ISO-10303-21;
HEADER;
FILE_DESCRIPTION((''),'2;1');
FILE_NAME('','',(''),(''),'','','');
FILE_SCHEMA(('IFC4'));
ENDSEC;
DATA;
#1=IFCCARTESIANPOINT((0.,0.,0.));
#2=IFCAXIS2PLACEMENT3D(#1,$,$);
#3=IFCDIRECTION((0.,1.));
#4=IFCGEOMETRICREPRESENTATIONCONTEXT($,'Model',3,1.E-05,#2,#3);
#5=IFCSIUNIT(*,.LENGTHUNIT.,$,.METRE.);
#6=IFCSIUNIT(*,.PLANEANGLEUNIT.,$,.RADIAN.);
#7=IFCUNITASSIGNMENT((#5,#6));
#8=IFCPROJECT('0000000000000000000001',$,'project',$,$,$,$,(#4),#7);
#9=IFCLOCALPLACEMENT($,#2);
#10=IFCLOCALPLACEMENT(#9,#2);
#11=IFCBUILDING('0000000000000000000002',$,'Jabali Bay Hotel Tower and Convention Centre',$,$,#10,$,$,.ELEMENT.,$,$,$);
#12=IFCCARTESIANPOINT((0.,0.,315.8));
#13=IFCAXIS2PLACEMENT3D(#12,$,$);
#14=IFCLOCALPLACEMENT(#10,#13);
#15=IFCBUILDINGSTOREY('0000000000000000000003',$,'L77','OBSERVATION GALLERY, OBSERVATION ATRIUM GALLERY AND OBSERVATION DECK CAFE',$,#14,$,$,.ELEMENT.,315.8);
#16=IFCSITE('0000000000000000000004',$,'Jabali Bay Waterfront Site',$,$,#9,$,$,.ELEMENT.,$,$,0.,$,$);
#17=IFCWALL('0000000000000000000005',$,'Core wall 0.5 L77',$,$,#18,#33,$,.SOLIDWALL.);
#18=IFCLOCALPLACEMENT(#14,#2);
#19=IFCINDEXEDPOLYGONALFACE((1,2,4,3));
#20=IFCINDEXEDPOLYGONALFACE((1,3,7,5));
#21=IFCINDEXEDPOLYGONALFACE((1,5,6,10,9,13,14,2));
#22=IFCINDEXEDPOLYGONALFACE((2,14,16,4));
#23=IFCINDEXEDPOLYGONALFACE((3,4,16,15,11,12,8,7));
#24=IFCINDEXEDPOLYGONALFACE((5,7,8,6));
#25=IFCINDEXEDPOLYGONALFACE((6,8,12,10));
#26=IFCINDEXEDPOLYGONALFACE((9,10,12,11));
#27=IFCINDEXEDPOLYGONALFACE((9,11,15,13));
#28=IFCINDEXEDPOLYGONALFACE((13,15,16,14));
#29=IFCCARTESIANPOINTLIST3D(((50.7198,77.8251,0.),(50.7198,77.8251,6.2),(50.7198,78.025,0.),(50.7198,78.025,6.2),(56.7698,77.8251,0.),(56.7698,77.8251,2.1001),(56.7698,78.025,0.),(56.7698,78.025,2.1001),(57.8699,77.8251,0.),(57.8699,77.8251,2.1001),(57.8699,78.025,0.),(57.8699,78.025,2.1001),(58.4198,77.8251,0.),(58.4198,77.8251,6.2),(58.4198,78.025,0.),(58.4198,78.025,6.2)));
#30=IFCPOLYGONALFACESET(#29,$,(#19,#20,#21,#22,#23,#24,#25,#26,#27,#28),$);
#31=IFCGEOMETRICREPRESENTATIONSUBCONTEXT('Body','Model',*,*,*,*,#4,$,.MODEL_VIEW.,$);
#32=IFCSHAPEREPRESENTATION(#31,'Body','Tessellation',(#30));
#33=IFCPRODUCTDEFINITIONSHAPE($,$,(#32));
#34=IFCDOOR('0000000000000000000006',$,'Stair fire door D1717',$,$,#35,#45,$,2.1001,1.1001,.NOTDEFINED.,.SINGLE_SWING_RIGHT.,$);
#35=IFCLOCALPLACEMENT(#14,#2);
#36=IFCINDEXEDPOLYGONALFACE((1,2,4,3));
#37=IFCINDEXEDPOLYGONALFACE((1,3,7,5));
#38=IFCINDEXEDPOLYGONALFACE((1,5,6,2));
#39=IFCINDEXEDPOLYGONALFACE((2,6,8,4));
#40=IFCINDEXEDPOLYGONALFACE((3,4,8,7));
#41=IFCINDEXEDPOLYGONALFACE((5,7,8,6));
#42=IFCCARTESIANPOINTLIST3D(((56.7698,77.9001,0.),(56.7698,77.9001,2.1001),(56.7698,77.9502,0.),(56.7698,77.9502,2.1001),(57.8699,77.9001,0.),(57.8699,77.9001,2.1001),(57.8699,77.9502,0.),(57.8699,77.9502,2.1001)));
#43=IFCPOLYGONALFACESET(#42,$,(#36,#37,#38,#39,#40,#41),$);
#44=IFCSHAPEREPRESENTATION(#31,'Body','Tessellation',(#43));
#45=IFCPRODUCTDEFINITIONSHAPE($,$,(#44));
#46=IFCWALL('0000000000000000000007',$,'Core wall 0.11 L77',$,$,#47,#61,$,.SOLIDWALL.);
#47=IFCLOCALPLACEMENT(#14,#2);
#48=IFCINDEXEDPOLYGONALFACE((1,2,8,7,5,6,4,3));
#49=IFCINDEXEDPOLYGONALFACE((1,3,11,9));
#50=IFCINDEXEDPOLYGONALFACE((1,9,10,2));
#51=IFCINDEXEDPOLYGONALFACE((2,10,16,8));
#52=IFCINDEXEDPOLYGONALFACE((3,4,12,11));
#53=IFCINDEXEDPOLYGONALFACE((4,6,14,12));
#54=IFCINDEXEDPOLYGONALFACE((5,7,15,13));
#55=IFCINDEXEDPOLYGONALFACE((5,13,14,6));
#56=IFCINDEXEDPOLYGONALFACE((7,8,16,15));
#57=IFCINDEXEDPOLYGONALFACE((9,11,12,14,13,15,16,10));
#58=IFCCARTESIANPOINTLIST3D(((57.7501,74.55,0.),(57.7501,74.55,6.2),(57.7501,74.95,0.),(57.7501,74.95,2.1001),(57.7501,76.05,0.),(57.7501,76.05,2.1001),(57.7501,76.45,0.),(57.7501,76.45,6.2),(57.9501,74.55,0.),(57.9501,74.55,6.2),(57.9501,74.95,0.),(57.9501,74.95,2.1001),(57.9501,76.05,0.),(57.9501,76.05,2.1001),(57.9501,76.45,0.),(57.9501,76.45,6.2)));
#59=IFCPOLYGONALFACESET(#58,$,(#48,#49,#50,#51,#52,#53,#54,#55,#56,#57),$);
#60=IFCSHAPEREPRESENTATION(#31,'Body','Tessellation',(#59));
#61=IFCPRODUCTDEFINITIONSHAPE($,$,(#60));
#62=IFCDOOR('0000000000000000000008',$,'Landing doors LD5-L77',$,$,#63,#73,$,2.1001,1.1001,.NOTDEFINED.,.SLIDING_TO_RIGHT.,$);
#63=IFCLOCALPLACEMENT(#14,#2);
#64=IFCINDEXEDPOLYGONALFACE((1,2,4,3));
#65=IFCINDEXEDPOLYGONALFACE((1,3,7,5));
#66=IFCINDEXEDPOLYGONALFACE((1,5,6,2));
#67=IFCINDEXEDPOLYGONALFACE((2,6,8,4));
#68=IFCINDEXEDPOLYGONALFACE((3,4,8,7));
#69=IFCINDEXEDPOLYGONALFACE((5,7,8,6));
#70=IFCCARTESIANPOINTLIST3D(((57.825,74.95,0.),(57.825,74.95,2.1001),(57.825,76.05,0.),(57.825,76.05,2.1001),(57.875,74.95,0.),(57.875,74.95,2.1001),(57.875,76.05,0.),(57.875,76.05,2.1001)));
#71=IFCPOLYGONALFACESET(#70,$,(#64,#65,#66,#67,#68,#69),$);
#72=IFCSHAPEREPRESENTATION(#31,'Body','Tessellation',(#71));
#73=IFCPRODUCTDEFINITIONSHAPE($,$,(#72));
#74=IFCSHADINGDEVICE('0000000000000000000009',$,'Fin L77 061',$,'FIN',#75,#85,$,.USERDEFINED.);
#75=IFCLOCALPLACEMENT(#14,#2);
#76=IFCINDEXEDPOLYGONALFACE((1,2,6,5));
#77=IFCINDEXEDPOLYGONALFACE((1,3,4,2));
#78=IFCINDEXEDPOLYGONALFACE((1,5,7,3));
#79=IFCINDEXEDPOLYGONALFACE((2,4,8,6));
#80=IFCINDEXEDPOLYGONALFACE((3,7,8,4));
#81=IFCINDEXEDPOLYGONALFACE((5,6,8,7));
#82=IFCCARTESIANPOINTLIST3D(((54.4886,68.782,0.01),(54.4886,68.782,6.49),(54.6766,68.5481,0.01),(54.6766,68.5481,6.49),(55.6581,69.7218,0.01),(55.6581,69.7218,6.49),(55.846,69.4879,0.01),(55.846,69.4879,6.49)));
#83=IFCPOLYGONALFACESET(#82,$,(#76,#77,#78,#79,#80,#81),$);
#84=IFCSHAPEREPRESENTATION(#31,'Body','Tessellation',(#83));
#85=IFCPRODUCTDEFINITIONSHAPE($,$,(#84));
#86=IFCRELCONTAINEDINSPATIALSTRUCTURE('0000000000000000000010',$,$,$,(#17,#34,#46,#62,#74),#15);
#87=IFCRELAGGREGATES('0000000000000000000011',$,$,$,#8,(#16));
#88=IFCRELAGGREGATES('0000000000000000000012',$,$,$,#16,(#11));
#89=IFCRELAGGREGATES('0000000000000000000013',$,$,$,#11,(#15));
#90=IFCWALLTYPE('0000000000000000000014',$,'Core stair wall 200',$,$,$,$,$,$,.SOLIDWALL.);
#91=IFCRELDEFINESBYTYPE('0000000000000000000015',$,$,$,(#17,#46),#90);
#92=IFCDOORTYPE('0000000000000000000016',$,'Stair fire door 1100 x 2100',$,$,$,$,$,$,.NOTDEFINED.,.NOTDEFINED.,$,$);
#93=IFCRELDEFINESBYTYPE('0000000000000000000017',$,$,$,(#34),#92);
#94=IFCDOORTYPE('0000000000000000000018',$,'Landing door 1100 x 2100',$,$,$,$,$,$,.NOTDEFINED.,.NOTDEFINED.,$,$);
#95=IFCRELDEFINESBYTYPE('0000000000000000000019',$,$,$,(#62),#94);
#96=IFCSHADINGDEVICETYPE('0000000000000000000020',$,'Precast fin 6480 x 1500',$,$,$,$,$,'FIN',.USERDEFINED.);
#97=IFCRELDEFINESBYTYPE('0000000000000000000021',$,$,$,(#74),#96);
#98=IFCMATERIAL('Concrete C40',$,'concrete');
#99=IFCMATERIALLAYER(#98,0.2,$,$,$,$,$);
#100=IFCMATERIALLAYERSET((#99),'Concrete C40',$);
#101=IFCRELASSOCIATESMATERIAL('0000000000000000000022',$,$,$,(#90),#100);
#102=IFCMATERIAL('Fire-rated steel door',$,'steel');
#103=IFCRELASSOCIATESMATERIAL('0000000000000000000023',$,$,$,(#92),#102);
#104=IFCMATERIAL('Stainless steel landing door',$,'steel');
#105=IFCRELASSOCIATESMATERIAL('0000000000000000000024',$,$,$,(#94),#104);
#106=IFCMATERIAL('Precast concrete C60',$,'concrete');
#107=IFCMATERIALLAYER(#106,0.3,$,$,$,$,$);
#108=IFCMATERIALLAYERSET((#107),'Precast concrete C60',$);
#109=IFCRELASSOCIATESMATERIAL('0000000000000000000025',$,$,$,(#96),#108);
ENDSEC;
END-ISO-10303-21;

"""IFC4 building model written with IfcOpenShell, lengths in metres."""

from ifc_helpers import new_model, si_unit, direction, frame, frame_2d, origin, place, context, subcontext, project, spatial, rectangle, extrude, material, layer, layer_set, type_object, element, fill, save


model = new_model("IFC4")

# Units and contexts
model_context = context("Model", 3, precision=1e-05, world=origin(), true_north=direction((0.0, 1.0)))
body_context = subcontext(model_context, "Body", "Model", "MODEL_VIEW")
ifc_project = project(units=[si_unit("LENGTHUNIT", "METRE"), si_unit("PLANEANGLEUNIT", "RADIAN")], contexts=[model_context])

# Site, building, storey
site_placement = place(None, origin())
site = spatial("IfcSite", under=ifc_project, at=site_placement, Name="Jabali Bay Waterfront Site", CompositionType="ELEMENT", RefElevation=0.0)
building_placement = place(site_placement, origin())
building = spatial("IfcBuilding", under=site, at=building_placement, Name="Jabali Bay Hotel Tower and Convention Centre", CompositionType="ELEMENT")
storey_placement = place(building_placement, frame((0.0, 0.0, 315.8)))
storey = spatial("IfcBuildingStorey", under=building, at=storey_placement, Name="L77", Description="OBSERVATION GALLERY, OBSERVATION ATRIUM GALLERY AND OBSERVATION DECK CAFE", CompositionType="ELEMENT", Elevation=315.8)

# Walls, openings, doors
ifc_material_1 = material(Name="Concrete C40", Category="concrete")
ifc_material_2 = material(Name="Fire-rated steel door", Category="steel")
ifc_layer_1 = layer(ifc_material_1, 0.2)
ifc_layer_set_1 = layer_set([ifc_layer_1], Name="Concrete C40")
wall_type_1 = type_object("IfcWallType", Name="Core stair wall 200", PredefinedType="SOLIDWALL", material=ifc_layer_set_1)
wall_1_placement = place(storey_placement, frame((58.4199, 77.925, 0.0), z_axis=(0.0, 0.0, 1.0), x_axis=(-1.0, 0.0, 0.0)))
wall_1 = element("IfcWall", 1, at=wall_1_placement, inside=storey, type_object=wall_type_1, Name="Core wall 0.5 L77", PredefinedType="SOLIDWALL", context=body_context, shape_type="SweptSolid", body=[
    extrude(rectangle(XDim=7.7, YDim=0.2, at=frame_2d((3.8501, 0.0))), origin(), (0.0, 0.0, 1.0), 6.2),
])
opening_1_placement = place(wall_1_placement, frame((0.55, 0.0, 0.0)))
opening_1 = element("IfcOpeningElement", 2, at=opening_1_placement, cuts=wall_1, PredefinedType="OPENING", context=body_context, shape_type="SweptSolid", body=[
    extrude(rectangle(XDim=1.1001, YDim=2.1001, at=frame_2d((0.55, 1.05))), frame((0.0, 0.1104, 0.0), z_axis=(0.0, -1.0, 0.0), x_axis=(1.0, 0.0, 0.0)), (0.0, 0.0, 1.0), 0.2209),
])
door_type_1 = type_object("IfcDoorType", Name="Stair fire door 1100 x 2100", OperationType="NOTDEFINED", PredefinedType="NOTDEFINED", material=ifc_material_2)
door_1_placement = place(opening_1_placement, origin())
door_1 = element("IfcDoor", 3, at=door_1_placement, inside=storey, type_object=door_type_1, Name="Stair fire door D1717", OperationType="SINGLE_SWING_RIGHT", OverallHeight=2.1001, OverallWidth=1.1001, PredefinedType="NOTDEFINED", context=body_context, shape_type="SweptSolid", body=[
    extrude(rectangle(XDim=1.1001, YDim=2.1001, at=frame_2d((0.55, 1.05))), frame((0.0, 0.0249, 0.0), z_axis=(0.0, -1.0, 0.0), x_axis=(1.0, 0.0, 0.0)), (0.0, 0.0, 1.0), 0.05),
])
fill(opening_1, door_1)
wall_2_placement = place(storey_placement, frame((57.8501, 76.45, 0.0), z_axis=(0.0, 0.0, 1.0), x_axis=(0.0, -1.0, 0.0)))
wall_2 = element("IfcWall", 4, at=wall_2_placement, inside=storey, type_object=wall_type_1, Name="Core wall 0.11 L77", PredefinedType="SOLIDWALL", context=body_context, shape_type="SweptSolid", body=[
    extrude(rectangle(XDim=1.8999, YDim=0.2, at=frame_2d((0.95, 0.0))), origin(), (0.0, 0.0, 1.0), 6.2),
])
opening_2_placement = place(wall_2_placement, frame((0.3999, 0.0, 0.0)))
opening_2 = element("IfcOpeningElement", 5, at=opening_2_placement, cuts=wall_2, PredefinedType="OPENING", context=body_context, shape_type="SweptSolid", body=[
    extrude(rectangle(XDim=1.1001, YDim=2.1001, at=frame_2d((0.55, 1.05))), frame((0.0, 0.1104, 0.0), z_axis=(0.0, -1.0, 0.0), x_axis=(1.0, 0.0, 0.0)), (0.0, 0.0, 1.0), 0.2209),
])
ifc_material_3 = material(Name="Stainless steel landing door", Category="steel")
door_type_2 = type_object("IfcDoorType", Name="Landing door 1100 x 2100", OperationType="NOTDEFINED", PredefinedType="NOTDEFINED", material=ifc_material_3)
door_2_placement = place(opening_2_placement, origin())
door_2 = element("IfcDoor", 6, at=door_2_placement, inside=storey, type_object=door_type_2, Name="Landing doors LD5-L77", OperationType="SLIDING_TO_RIGHT", OverallHeight=2.1001, OverallWidth=1.1001, PredefinedType="NOTDEFINED", context=body_context, shape_type="SweptSolid", body=[
    extrude(rectangle(XDim=1.1001, YDim=2.1001, at=frame_2d((0.55, 1.05))), frame((0.0, 0.0249, 0.0), z_axis=(0.0, -1.0, 0.0), x_axis=(1.0, 0.0, 0.0)), (0.0, 0.0, 1.0), 0.05),
])
fill(opening_2, door_2)

# Shading device
ifc_material_4 = material(Name="Precast concrete C60", Category="concrete")
ifc_layer_2 = layer(ifc_material_4, 0.3)
ifc_layer_set_2 = layer_set([ifc_layer_2], Name="Precast concrete C60")
shading_device_type = type_object("IfcShadingDeviceType", Name="Precast fin 6480 x 1500", ElementType="FIN", PredefinedType="USERDEFINED", material=ifc_layer_set_2)
shading_device_placement = place(storey_placement, frame((55.752, 69.6047, 0.01), z_axis=(0.0, 0.0, 1.0), x_axis=(-0.779517, -0.626381, 0.0)))
element("IfcShadingDevice", 7, at=shading_device_placement, inside=storey, type_object=shading_device_type, Name="Fin L77 061", ObjectType="FIN", PredefinedType="USERDEFINED", context=body_context, shape_type="SweptSolid", body=[
    extrude(rectangle(XDim=1.5002, YDim=0.3, at=frame_2d((0.75, 0.0))), origin(), (0.0, 0.0, 1.0), 6.48),
])

save(model, "model.ifc")
